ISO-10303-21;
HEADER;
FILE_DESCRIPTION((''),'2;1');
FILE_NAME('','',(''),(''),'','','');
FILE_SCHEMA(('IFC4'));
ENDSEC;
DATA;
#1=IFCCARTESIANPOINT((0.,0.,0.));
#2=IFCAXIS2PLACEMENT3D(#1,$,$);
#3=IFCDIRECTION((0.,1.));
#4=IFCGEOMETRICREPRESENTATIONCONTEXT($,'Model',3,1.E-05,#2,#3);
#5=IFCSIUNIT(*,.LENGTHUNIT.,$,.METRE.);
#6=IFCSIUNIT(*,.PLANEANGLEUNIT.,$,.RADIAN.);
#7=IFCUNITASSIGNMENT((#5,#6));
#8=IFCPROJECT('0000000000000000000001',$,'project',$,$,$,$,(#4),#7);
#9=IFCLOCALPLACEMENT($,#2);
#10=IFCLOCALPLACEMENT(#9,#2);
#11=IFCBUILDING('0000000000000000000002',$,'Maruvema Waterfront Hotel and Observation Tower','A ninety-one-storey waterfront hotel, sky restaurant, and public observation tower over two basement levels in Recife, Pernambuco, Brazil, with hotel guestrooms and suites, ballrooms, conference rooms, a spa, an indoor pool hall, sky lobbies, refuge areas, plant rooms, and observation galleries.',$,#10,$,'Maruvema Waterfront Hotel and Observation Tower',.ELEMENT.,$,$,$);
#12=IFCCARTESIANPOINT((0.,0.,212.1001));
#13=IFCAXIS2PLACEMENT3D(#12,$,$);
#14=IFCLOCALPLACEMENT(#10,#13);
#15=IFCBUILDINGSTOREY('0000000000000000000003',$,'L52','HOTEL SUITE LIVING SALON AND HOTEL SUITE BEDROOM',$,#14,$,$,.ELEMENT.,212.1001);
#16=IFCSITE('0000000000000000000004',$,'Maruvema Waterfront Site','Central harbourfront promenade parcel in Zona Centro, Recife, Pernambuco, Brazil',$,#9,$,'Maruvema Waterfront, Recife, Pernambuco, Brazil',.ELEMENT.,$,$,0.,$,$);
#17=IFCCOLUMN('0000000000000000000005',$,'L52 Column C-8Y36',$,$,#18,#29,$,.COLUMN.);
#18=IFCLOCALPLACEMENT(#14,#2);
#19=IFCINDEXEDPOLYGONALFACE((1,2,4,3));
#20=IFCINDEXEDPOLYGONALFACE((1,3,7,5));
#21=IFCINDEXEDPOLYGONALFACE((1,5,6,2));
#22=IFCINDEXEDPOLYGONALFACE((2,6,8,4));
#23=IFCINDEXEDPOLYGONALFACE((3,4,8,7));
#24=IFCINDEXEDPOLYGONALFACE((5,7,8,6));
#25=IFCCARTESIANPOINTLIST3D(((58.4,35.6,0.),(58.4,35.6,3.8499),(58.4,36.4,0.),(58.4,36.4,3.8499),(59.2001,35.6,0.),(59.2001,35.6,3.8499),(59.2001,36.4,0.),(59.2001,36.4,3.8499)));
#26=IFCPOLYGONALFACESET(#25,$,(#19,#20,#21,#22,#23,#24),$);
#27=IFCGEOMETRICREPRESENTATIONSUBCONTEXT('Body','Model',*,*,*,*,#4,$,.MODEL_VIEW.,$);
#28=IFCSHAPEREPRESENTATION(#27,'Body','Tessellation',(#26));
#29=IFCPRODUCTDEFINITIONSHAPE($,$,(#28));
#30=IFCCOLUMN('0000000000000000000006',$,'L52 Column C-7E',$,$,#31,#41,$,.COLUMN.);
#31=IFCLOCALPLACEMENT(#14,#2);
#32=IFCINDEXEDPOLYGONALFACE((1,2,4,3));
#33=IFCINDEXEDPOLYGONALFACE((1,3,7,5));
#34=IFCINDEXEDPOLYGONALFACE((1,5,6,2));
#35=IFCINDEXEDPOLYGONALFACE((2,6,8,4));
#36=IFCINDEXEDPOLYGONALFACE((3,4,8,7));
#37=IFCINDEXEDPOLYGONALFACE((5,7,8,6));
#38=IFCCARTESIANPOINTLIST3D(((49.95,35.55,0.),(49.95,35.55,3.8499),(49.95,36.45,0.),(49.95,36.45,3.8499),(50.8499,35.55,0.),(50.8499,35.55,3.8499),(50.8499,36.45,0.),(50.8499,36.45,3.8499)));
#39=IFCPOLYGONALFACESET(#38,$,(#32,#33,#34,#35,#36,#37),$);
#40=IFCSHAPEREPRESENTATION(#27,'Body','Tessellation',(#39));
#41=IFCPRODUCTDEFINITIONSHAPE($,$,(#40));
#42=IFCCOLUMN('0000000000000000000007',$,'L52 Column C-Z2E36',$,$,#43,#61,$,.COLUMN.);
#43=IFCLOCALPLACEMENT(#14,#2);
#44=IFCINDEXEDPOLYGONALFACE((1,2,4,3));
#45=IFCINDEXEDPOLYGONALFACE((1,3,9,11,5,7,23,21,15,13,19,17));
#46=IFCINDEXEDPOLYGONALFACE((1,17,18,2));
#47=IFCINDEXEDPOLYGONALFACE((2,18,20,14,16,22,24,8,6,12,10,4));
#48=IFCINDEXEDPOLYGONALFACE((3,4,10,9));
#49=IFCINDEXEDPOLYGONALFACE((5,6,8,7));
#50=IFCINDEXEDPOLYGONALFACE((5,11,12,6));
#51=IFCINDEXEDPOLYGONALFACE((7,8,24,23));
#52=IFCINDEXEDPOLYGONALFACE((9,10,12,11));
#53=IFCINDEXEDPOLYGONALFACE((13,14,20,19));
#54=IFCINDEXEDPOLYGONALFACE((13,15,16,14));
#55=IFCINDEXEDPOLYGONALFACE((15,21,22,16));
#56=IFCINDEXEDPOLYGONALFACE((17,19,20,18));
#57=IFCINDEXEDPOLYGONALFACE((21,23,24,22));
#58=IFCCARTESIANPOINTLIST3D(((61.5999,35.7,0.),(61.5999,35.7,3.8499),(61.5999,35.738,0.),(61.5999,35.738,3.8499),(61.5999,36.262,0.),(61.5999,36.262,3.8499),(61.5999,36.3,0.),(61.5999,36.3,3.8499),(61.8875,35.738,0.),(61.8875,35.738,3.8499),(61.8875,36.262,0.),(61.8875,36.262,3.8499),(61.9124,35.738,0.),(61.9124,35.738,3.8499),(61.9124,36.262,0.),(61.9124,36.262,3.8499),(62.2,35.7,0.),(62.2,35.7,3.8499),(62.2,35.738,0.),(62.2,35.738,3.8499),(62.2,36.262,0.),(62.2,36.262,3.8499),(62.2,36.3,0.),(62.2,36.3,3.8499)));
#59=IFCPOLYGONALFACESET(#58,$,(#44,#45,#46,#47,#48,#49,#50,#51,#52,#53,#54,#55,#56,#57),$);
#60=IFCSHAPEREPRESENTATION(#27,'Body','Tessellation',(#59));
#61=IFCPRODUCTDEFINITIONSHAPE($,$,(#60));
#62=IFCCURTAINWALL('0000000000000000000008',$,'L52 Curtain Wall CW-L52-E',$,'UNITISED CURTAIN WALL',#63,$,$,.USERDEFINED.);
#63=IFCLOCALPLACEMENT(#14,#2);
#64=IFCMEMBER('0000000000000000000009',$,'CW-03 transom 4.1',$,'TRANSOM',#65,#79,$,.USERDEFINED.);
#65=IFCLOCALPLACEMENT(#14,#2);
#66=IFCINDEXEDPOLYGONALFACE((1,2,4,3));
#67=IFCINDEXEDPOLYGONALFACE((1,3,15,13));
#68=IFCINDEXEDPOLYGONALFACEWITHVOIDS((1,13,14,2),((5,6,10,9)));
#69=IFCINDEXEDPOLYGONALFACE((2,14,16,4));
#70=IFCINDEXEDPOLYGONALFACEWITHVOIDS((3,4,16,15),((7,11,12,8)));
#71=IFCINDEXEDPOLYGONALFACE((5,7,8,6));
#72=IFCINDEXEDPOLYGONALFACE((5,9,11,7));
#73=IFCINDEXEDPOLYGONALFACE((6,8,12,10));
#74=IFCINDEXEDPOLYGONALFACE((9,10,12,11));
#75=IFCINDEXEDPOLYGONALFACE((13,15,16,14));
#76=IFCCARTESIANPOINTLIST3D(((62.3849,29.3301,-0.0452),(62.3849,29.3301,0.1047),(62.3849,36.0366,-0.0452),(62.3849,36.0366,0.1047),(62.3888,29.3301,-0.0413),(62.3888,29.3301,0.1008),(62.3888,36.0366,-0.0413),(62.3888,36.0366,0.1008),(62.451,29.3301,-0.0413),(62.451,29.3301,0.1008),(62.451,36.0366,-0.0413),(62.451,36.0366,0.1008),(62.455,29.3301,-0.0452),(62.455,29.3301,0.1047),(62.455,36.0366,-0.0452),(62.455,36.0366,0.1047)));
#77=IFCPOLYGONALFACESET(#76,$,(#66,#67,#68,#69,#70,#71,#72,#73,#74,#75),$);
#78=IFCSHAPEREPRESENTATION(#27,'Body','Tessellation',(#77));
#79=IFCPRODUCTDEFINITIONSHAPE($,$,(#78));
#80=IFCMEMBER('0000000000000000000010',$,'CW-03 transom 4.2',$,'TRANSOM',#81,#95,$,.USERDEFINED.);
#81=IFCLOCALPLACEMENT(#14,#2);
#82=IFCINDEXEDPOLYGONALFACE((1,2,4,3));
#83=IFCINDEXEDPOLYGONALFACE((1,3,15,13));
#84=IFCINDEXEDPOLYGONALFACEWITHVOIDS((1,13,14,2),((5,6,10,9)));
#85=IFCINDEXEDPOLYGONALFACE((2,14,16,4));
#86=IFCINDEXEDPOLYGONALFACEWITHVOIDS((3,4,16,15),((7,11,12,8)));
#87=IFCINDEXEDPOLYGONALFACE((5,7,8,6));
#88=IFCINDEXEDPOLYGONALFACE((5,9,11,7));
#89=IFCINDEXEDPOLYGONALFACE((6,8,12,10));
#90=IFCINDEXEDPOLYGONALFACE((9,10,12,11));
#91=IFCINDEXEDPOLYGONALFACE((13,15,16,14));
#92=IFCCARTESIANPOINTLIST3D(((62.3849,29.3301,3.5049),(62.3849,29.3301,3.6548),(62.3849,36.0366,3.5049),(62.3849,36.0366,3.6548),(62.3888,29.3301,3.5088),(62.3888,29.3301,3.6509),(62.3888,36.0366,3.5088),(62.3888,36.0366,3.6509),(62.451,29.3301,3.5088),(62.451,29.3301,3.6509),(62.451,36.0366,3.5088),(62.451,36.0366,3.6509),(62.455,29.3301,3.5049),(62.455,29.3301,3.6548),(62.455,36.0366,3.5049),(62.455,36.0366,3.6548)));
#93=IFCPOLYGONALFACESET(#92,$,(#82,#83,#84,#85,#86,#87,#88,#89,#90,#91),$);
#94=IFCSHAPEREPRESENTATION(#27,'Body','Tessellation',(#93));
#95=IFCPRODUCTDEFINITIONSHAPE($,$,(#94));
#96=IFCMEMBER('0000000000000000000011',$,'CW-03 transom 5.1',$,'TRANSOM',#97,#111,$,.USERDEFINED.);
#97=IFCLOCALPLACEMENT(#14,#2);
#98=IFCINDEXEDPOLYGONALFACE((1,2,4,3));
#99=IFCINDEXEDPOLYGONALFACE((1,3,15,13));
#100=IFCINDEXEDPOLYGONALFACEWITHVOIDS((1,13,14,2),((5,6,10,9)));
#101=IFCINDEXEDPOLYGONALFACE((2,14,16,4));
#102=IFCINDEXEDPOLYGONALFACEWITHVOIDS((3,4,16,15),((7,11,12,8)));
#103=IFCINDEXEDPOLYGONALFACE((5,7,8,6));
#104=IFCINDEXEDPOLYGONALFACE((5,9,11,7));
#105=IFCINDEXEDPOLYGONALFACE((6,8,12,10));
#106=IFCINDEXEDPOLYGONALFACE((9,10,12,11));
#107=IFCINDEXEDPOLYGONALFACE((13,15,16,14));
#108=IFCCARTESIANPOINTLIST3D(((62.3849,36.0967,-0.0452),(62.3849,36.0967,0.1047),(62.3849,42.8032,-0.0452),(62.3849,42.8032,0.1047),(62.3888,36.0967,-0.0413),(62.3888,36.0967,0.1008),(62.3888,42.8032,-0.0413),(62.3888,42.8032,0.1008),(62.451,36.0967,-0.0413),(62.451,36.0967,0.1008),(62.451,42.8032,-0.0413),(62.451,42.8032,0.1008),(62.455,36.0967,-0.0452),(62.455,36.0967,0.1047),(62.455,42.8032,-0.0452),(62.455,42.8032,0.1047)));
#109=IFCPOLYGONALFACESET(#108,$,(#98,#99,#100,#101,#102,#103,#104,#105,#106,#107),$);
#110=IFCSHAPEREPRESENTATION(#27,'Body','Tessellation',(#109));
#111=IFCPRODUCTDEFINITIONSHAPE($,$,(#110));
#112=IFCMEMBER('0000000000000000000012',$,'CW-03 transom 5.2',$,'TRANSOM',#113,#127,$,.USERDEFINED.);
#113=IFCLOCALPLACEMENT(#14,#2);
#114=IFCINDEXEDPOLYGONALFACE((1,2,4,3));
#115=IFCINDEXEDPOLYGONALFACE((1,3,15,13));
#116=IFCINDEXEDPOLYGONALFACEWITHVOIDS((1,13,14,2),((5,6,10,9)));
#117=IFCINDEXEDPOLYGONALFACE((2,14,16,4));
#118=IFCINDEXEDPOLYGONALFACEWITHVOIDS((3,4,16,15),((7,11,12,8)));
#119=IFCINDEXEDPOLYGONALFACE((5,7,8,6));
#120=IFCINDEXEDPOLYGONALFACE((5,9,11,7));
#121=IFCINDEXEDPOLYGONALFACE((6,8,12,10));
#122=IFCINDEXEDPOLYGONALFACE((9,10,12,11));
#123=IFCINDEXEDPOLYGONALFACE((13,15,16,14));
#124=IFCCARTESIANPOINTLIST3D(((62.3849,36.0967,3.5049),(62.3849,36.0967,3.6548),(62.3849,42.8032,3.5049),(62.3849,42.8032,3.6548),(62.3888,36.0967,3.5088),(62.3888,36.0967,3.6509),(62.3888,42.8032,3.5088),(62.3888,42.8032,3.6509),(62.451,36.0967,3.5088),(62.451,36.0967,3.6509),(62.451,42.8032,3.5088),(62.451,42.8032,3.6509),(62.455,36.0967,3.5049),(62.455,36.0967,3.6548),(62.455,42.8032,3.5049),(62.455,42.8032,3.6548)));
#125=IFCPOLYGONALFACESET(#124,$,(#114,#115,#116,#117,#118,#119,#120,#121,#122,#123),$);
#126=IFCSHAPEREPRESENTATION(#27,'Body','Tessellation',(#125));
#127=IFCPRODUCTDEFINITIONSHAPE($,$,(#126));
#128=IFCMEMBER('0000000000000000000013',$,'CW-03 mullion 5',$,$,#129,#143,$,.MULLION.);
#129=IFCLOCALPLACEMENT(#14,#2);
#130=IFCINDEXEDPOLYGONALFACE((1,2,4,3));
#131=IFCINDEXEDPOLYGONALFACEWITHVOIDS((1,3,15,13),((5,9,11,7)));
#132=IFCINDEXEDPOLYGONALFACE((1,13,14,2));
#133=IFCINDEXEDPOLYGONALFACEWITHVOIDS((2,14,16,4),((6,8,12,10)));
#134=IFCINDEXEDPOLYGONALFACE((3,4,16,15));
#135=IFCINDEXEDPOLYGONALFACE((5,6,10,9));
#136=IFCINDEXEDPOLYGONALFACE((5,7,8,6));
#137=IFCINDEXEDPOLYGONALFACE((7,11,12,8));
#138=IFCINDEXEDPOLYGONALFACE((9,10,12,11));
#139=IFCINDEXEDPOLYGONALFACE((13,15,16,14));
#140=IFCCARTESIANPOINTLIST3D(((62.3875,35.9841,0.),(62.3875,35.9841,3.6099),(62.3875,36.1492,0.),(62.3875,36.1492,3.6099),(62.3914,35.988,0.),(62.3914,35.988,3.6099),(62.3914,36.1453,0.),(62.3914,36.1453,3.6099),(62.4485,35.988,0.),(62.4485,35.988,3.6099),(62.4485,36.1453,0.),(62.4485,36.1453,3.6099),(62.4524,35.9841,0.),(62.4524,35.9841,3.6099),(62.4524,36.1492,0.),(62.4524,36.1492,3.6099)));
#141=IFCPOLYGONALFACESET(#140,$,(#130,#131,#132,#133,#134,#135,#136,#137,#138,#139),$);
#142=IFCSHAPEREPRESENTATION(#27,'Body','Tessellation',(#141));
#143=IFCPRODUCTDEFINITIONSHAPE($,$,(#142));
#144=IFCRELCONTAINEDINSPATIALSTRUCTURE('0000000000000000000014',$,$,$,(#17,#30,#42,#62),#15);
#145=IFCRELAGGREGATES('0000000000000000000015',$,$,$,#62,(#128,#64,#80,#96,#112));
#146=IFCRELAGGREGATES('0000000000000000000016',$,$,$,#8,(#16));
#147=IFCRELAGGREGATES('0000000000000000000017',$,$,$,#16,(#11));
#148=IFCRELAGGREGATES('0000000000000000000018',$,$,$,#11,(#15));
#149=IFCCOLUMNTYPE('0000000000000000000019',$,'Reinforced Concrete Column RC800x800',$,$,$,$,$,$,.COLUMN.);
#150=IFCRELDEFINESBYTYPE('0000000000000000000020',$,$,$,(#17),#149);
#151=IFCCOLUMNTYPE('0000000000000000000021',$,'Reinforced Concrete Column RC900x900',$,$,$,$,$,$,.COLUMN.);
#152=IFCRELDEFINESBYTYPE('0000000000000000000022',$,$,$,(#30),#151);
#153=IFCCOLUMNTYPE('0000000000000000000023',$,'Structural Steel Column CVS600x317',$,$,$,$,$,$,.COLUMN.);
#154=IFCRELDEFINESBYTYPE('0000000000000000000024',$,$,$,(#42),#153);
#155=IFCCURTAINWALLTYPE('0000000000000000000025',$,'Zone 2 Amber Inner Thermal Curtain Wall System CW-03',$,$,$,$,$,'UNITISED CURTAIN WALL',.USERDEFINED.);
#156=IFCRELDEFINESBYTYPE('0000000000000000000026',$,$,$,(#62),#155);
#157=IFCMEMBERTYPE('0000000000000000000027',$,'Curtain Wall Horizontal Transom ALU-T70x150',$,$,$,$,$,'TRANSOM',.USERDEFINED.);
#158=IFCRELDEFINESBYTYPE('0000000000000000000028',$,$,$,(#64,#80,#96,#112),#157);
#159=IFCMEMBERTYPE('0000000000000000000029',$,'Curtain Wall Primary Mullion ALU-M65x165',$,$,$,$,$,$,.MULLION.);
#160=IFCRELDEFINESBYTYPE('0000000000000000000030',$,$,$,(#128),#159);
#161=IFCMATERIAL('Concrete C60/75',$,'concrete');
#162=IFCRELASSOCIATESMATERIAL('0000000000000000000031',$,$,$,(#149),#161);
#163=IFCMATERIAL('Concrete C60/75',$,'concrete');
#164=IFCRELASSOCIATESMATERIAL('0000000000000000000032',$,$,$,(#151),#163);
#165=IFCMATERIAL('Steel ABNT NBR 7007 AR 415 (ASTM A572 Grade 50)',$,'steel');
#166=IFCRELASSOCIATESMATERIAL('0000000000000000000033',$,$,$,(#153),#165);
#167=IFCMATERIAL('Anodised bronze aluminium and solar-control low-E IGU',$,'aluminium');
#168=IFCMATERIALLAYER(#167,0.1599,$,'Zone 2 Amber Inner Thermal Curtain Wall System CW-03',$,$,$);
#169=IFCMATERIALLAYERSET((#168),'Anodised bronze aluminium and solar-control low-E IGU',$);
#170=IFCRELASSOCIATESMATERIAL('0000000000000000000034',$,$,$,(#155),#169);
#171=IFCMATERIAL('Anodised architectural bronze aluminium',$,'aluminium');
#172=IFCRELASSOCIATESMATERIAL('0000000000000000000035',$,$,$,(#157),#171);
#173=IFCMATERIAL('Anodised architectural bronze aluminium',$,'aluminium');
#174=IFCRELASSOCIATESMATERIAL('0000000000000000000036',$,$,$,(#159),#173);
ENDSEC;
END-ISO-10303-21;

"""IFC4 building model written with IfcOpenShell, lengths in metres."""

from ifc_helpers import new_model, si_unit, direction, frame, origin, origin_2d, place, context, subcontext, project, spatial, rectangle, hollow_rectangle, i_section, extrude, material, layer, layer_set, material_profile, profile_set, type_object, element, aggregate, save


model = new_model("IFC4")

# Units and contexts
model_context = context("Model", 3, precision=1e-05, world=origin(), true_north=direction((0.0, 1.0)))
body_context = subcontext(model_context, "Body", "Model", "MODEL_VIEW")
ifc_project = project(units=[si_unit("LENGTHUNIT", "METRE"), si_unit("PLANEANGLEUNIT", "RADIAN")], contexts=[model_context])

# Site, building, storey
site_placement = place(None, origin())
site = spatial("IfcSite", under=ifc_project, at=site_placement, Name="Maruvema Waterfront Site", Description="Central harbourfront promenade parcel in Zona Centro, Recife, Pernambuco, Brazil", LongName="Maruvema Waterfront, Recife, Pernambuco, Brazil", CompositionType="ELEMENT", RefElevation=0.0)
building_placement = place(site_placement, origin())
building = spatial("IfcBuilding", under=site, at=building_placement, Name="Maruvema Waterfront Hotel and Observation Tower", Description="A ninety-one-storey waterfront hotel, sky restaurant, and public observation tower over two basement levels in Recife, Pernambuco, Brazil, with hotel guestrooms and suites, ballrooms, conference rooms, a spa, an indoor pool hall, sky lobbies, refuge areas, plant rooms, and observation galleries.", LongName="Maruvema Waterfront Hotel and Observation Tower", CompositionType="ELEMENT")
storey_placement = place(building_placement, frame((0.0, 0.0, 212.1001)))
storey = spatial("IfcBuildingStorey", under=building, at=storey_placement, Name="L52", Description="HOTEL SUITE LIVING SALON AND HOTEL SUITE BEDROOM", CompositionType="ELEMENT", Elevation=212.1001)

# Columns
ifc_material_1 = material(Name="Concrete C60/75", Category="concrete")
ifc_material_profile_1 = material_profile(ifc_material_1, rectangle(XDim=0.8, YDim=0.8, at=origin_2d()), Name="RC800x800")
ifc_profile_set_1 = profile_set([ifc_material_profile_1], Name="Concrete C60/75")
column_type_1 = type_object("IfcColumnType", Name="Reinforced Concrete Column RC800x800", PredefinedType="COLUMN", material=ifc_profile_set_1)
column_1_placement = place(storey_placement, frame((58.8, 36.0, 0.0), z_axis=(0.0, 0.0, 1.0), x_axis=(1.0, 0.0, 0.0)))
element("IfcColumn", 1, at=column_1_placement, inside=storey, type_object=column_type_1, Name="L52 Column C-8Y36", PredefinedType="COLUMN", context=body_context, shape_type="SweptSolid", body=[
    extrude(rectangle(XDim=0.8, YDim=0.8, at=origin_2d()), origin(), (0.0, 0.0, 1.0), 3.8499),
])
ifc_material_2 = material(Name="Concrete C60/75", Category="concrete")
ifc_material_profile_2 = material_profile(ifc_material_2, rectangle(XDim=0.8999, YDim=0.8999, at=origin_2d()), Name="RC900x900")
ifc_profile_set_2 = profile_set([ifc_material_profile_2], Name="Concrete C60/75")
column_type_2 = type_object("IfcColumnType", Name="Reinforced Concrete Column RC900x900", PredefinedType="COLUMN", material=ifc_profile_set_2)
column_2_placement = place(storey_placement, frame((50.3999, 36.0, 0.0), z_axis=(0.0, 0.0, 1.0), x_axis=(1.0, 0.0, 0.0)))
element("IfcColumn", 2, at=column_2_placement, inside=storey, type_object=column_type_2, Name="L52 Column C-7E", PredefinedType="COLUMN", context=body_context, shape_type="SweptSolid", body=[
    extrude(rectangle(XDim=0.8999, YDim=0.8999, at=origin_2d()), origin(), (0.0, 0.0, 1.0), 3.8499),
])
ifc_material_3 = material(Name="Steel ABNT NBR 7007 AR 415 (ASTM A572 Grade 50)", Category="steel")
ifc_material_profile_3 = material_profile(ifc_material_3, i_section(OverallWidth=0.6001, OverallDepth=0.6001, WebThickness=0.0249, FlangeThickness=0.0381, at=origin_2d()), Name="CVS600x317")
ifc_profile_set_3 = profile_set([ifc_material_profile_3], Name="Steel ABNT NBR 7007 AR 415 (ASTM A572 Grade 50)")
column_type_3 = type_object("IfcColumnType", Name="Structural Steel Column CVS600x317", PredefinedType="COLUMN", material=ifc_profile_set_3)
column_3_placement = place(storey_placement, frame((61.8999, 36.0, 0.0), z_axis=(0.0, 0.0, 1.0), x_axis=(1.0, 0.0, 0.0)))
element("IfcColumn", 3, at=column_3_placement, inside=storey, type_object=column_type_3, Name="L52 Column C-Z2E36", PredefinedType="COLUMN", context=body_context, shape_type="SweptSolid", body=[
    extrude(i_section(OverallWidth=0.6001, OverallDepth=0.6001, WebThickness=0.0249, FlangeThickness=0.0381, at=origin_2d()), origin(), (0.0, 0.0, 1.0), 3.8499),
])

# Curtain wall, members
ifc_material_4 = material(Name="Anodised bronze aluminium and solar-control low-E IGU", Category="aluminium")
ifc_layer_1 = layer(ifc_material_4, 0.1599, Name="Zone 2 Amber Inner Thermal Curtain Wall System CW-03")
ifc_layer_set_1 = layer_set([ifc_layer_1], Name="Anodised bronze aluminium and solar-control low-E IGU")
curtain_wall_type = type_object("IfcCurtainWallType", Name="Zone 2 Amber Inner Thermal Curtain Wall System CW-03", ElementType="UNITISED CURTAIN WALL", PredefinedType="USERDEFINED", material=ifc_layer_set_1)
curtain_wall_placement = place(storey_placement, origin())
curtain_wall = element("IfcCurtainWall", 4, at=curtain_wall_placement, inside=storey, type_object=curtain_wall_type, Name="L52 Curtain Wall CW-L52-E", ObjectType="UNITISED CURTAIN WALL", PredefinedType="USERDEFINED")
ifc_material_5 = material(Name="Anodised architectural bronze aluminium", Category="aluminium")
ifc_material_profile_4 = material_profile(ifc_material_5, hollow_rectangle(XDim=0.0701, YDim=0.1499, WallThickness=0.0039, at=origin_2d()), Name="ALU-T70x150")
ifc_profile_set_4 = profile_set([ifc_material_profile_4], Name="Anodised architectural bronze aluminium")
member_type_1 = type_object("IfcMemberType", Name="Curtain Wall Horizontal Transom ALU-T70x150", ElementType="TRANSOM", PredefinedType="USERDEFINED", material=ifc_profile_set_4)
member_1_placement = place(storey_placement, frame((62.4199, 29.3301, 0.0298), z_axis=(0.0, 1.0, 0.0), x_axis=(-1.0, 0.0, 0.0)))
member_1 = element("IfcMember", 5, at=member_1_placement, type_object=member_type_1, Name="CW-03 transom 4.1", ObjectType="TRANSOM", PredefinedType="USERDEFINED", context=body_context, shape_type="SweptSolid", body=[
    extrude(hollow_rectangle(XDim=0.0701, YDim=0.1499, WallThickness=0.0039, at=origin_2d()), origin(), (0.0, 0.0, 1.0), 6.7065),
])
member_2_placement = place(storey_placement, frame((62.4199, 29.3301, 3.5798), z_axis=(0.0, 1.0, 0.0), x_axis=(-1.0, 0.0, 0.0)))
member_2 = element("IfcMember", 6, at=member_2_placement, type_object=member_type_1, Name="CW-03 transom 4.2", ObjectType="TRANSOM", PredefinedType="USERDEFINED", context=body_context, shape_type="SweptSolid", body=[
    extrude(hollow_rectangle(XDim=0.0701, YDim=0.1499, WallThickness=0.0039, at=origin_2d()), origin(), (0.0, 0.0, 1.0), 6.7065),
])
member_3_placement = place(storey_placement, frame((62.4199, 36.0967, 0.0298), z_axis=(0.0, 1.0, 0.0), x_axis=(-1.0, 0.0, 0.0)))
member_3 = element("IfcMember", 7, at=member_3_placement, type_object=member_type_1, Name="CW-03 transom 5.1", ObjectType="TRANSOM", PredefinedType="USERDEFINED", context=body_context, shape_type="SweptSolid", body=[
    extrude(hollow_rectangle(XDim=0.0701, YDim=0.1499, WallThickness=0.0039, at=origin_2d()), origin(), (0.0, 0.0, 1.0), 6.7065),
])
member_4_placement = place(storey_placement, frame((62.4199, 36.0967, 3.5798), z_axis=(0.0, 1.0, 0.0), x_axis=(-1.0, 0.0, 0.0)))
member_4 = element("IfcMember", 8, at=member_4_placement, type_object=member_type_1, Name="CW-03 transom 5.2", ObjectType="TRANSOM", PredefinedType="USERDEFINED", context=body_context, shape_type="SweptSolid", body=[
    extrude(hollow_rectangle(XDim=0.0701, YDim=0.1499, WallThickness=0.0039, at=origin_2d()), origin(), (0.0, 0.0, 1.0), 6.7065),
])
ifc_material_6 = material(Name="Anodised architectural bronze aluminium", Category="aluminium")
ifc_material_profile_5 = material_profile(ifc_material_6, hollow_rectangle(XDim=0.0649, YDim=0.165, WallThickness=0.0039, at=origin_2d()), Name="ALU-M65x165")
ifc_profile_set_5 = profile_set([ifc_material_profile_5], Name="Anodised architectural bronze aluminium")
member_type_2 = type_object("IfcMemberType", Name="Curtain Wall Primary Mullion ALU-M65x165", PredefinedType="MULLION", material=ifc_profile_set_5)
member_5_placement = place(storey_placement, frame((62.4199, 36.0667, 0.0), z_axis=(0.0, 0.0, 1.0), x_axis=(-1.0, 0.0, 0.0)))
member_5 = element("IfcMember", 9, at=member_5_placement, type_object=member_type_2, Name="CW-03 mullion 5", PredefinedType="MULLION", context=body_context, shape_type="SweptSolid", body=[
    extrude(hollow_rectangle(XDim=0.0649, YDim=0.165, WallThickness=0.0039, at=origin_2d()), origin(), (0.0, 0.0, 1.0), 3.6099),
])

aggregate(curtain_wall, [member_5, member_1, member_2, member_3, member_4])

save(model, "model.ifc")
